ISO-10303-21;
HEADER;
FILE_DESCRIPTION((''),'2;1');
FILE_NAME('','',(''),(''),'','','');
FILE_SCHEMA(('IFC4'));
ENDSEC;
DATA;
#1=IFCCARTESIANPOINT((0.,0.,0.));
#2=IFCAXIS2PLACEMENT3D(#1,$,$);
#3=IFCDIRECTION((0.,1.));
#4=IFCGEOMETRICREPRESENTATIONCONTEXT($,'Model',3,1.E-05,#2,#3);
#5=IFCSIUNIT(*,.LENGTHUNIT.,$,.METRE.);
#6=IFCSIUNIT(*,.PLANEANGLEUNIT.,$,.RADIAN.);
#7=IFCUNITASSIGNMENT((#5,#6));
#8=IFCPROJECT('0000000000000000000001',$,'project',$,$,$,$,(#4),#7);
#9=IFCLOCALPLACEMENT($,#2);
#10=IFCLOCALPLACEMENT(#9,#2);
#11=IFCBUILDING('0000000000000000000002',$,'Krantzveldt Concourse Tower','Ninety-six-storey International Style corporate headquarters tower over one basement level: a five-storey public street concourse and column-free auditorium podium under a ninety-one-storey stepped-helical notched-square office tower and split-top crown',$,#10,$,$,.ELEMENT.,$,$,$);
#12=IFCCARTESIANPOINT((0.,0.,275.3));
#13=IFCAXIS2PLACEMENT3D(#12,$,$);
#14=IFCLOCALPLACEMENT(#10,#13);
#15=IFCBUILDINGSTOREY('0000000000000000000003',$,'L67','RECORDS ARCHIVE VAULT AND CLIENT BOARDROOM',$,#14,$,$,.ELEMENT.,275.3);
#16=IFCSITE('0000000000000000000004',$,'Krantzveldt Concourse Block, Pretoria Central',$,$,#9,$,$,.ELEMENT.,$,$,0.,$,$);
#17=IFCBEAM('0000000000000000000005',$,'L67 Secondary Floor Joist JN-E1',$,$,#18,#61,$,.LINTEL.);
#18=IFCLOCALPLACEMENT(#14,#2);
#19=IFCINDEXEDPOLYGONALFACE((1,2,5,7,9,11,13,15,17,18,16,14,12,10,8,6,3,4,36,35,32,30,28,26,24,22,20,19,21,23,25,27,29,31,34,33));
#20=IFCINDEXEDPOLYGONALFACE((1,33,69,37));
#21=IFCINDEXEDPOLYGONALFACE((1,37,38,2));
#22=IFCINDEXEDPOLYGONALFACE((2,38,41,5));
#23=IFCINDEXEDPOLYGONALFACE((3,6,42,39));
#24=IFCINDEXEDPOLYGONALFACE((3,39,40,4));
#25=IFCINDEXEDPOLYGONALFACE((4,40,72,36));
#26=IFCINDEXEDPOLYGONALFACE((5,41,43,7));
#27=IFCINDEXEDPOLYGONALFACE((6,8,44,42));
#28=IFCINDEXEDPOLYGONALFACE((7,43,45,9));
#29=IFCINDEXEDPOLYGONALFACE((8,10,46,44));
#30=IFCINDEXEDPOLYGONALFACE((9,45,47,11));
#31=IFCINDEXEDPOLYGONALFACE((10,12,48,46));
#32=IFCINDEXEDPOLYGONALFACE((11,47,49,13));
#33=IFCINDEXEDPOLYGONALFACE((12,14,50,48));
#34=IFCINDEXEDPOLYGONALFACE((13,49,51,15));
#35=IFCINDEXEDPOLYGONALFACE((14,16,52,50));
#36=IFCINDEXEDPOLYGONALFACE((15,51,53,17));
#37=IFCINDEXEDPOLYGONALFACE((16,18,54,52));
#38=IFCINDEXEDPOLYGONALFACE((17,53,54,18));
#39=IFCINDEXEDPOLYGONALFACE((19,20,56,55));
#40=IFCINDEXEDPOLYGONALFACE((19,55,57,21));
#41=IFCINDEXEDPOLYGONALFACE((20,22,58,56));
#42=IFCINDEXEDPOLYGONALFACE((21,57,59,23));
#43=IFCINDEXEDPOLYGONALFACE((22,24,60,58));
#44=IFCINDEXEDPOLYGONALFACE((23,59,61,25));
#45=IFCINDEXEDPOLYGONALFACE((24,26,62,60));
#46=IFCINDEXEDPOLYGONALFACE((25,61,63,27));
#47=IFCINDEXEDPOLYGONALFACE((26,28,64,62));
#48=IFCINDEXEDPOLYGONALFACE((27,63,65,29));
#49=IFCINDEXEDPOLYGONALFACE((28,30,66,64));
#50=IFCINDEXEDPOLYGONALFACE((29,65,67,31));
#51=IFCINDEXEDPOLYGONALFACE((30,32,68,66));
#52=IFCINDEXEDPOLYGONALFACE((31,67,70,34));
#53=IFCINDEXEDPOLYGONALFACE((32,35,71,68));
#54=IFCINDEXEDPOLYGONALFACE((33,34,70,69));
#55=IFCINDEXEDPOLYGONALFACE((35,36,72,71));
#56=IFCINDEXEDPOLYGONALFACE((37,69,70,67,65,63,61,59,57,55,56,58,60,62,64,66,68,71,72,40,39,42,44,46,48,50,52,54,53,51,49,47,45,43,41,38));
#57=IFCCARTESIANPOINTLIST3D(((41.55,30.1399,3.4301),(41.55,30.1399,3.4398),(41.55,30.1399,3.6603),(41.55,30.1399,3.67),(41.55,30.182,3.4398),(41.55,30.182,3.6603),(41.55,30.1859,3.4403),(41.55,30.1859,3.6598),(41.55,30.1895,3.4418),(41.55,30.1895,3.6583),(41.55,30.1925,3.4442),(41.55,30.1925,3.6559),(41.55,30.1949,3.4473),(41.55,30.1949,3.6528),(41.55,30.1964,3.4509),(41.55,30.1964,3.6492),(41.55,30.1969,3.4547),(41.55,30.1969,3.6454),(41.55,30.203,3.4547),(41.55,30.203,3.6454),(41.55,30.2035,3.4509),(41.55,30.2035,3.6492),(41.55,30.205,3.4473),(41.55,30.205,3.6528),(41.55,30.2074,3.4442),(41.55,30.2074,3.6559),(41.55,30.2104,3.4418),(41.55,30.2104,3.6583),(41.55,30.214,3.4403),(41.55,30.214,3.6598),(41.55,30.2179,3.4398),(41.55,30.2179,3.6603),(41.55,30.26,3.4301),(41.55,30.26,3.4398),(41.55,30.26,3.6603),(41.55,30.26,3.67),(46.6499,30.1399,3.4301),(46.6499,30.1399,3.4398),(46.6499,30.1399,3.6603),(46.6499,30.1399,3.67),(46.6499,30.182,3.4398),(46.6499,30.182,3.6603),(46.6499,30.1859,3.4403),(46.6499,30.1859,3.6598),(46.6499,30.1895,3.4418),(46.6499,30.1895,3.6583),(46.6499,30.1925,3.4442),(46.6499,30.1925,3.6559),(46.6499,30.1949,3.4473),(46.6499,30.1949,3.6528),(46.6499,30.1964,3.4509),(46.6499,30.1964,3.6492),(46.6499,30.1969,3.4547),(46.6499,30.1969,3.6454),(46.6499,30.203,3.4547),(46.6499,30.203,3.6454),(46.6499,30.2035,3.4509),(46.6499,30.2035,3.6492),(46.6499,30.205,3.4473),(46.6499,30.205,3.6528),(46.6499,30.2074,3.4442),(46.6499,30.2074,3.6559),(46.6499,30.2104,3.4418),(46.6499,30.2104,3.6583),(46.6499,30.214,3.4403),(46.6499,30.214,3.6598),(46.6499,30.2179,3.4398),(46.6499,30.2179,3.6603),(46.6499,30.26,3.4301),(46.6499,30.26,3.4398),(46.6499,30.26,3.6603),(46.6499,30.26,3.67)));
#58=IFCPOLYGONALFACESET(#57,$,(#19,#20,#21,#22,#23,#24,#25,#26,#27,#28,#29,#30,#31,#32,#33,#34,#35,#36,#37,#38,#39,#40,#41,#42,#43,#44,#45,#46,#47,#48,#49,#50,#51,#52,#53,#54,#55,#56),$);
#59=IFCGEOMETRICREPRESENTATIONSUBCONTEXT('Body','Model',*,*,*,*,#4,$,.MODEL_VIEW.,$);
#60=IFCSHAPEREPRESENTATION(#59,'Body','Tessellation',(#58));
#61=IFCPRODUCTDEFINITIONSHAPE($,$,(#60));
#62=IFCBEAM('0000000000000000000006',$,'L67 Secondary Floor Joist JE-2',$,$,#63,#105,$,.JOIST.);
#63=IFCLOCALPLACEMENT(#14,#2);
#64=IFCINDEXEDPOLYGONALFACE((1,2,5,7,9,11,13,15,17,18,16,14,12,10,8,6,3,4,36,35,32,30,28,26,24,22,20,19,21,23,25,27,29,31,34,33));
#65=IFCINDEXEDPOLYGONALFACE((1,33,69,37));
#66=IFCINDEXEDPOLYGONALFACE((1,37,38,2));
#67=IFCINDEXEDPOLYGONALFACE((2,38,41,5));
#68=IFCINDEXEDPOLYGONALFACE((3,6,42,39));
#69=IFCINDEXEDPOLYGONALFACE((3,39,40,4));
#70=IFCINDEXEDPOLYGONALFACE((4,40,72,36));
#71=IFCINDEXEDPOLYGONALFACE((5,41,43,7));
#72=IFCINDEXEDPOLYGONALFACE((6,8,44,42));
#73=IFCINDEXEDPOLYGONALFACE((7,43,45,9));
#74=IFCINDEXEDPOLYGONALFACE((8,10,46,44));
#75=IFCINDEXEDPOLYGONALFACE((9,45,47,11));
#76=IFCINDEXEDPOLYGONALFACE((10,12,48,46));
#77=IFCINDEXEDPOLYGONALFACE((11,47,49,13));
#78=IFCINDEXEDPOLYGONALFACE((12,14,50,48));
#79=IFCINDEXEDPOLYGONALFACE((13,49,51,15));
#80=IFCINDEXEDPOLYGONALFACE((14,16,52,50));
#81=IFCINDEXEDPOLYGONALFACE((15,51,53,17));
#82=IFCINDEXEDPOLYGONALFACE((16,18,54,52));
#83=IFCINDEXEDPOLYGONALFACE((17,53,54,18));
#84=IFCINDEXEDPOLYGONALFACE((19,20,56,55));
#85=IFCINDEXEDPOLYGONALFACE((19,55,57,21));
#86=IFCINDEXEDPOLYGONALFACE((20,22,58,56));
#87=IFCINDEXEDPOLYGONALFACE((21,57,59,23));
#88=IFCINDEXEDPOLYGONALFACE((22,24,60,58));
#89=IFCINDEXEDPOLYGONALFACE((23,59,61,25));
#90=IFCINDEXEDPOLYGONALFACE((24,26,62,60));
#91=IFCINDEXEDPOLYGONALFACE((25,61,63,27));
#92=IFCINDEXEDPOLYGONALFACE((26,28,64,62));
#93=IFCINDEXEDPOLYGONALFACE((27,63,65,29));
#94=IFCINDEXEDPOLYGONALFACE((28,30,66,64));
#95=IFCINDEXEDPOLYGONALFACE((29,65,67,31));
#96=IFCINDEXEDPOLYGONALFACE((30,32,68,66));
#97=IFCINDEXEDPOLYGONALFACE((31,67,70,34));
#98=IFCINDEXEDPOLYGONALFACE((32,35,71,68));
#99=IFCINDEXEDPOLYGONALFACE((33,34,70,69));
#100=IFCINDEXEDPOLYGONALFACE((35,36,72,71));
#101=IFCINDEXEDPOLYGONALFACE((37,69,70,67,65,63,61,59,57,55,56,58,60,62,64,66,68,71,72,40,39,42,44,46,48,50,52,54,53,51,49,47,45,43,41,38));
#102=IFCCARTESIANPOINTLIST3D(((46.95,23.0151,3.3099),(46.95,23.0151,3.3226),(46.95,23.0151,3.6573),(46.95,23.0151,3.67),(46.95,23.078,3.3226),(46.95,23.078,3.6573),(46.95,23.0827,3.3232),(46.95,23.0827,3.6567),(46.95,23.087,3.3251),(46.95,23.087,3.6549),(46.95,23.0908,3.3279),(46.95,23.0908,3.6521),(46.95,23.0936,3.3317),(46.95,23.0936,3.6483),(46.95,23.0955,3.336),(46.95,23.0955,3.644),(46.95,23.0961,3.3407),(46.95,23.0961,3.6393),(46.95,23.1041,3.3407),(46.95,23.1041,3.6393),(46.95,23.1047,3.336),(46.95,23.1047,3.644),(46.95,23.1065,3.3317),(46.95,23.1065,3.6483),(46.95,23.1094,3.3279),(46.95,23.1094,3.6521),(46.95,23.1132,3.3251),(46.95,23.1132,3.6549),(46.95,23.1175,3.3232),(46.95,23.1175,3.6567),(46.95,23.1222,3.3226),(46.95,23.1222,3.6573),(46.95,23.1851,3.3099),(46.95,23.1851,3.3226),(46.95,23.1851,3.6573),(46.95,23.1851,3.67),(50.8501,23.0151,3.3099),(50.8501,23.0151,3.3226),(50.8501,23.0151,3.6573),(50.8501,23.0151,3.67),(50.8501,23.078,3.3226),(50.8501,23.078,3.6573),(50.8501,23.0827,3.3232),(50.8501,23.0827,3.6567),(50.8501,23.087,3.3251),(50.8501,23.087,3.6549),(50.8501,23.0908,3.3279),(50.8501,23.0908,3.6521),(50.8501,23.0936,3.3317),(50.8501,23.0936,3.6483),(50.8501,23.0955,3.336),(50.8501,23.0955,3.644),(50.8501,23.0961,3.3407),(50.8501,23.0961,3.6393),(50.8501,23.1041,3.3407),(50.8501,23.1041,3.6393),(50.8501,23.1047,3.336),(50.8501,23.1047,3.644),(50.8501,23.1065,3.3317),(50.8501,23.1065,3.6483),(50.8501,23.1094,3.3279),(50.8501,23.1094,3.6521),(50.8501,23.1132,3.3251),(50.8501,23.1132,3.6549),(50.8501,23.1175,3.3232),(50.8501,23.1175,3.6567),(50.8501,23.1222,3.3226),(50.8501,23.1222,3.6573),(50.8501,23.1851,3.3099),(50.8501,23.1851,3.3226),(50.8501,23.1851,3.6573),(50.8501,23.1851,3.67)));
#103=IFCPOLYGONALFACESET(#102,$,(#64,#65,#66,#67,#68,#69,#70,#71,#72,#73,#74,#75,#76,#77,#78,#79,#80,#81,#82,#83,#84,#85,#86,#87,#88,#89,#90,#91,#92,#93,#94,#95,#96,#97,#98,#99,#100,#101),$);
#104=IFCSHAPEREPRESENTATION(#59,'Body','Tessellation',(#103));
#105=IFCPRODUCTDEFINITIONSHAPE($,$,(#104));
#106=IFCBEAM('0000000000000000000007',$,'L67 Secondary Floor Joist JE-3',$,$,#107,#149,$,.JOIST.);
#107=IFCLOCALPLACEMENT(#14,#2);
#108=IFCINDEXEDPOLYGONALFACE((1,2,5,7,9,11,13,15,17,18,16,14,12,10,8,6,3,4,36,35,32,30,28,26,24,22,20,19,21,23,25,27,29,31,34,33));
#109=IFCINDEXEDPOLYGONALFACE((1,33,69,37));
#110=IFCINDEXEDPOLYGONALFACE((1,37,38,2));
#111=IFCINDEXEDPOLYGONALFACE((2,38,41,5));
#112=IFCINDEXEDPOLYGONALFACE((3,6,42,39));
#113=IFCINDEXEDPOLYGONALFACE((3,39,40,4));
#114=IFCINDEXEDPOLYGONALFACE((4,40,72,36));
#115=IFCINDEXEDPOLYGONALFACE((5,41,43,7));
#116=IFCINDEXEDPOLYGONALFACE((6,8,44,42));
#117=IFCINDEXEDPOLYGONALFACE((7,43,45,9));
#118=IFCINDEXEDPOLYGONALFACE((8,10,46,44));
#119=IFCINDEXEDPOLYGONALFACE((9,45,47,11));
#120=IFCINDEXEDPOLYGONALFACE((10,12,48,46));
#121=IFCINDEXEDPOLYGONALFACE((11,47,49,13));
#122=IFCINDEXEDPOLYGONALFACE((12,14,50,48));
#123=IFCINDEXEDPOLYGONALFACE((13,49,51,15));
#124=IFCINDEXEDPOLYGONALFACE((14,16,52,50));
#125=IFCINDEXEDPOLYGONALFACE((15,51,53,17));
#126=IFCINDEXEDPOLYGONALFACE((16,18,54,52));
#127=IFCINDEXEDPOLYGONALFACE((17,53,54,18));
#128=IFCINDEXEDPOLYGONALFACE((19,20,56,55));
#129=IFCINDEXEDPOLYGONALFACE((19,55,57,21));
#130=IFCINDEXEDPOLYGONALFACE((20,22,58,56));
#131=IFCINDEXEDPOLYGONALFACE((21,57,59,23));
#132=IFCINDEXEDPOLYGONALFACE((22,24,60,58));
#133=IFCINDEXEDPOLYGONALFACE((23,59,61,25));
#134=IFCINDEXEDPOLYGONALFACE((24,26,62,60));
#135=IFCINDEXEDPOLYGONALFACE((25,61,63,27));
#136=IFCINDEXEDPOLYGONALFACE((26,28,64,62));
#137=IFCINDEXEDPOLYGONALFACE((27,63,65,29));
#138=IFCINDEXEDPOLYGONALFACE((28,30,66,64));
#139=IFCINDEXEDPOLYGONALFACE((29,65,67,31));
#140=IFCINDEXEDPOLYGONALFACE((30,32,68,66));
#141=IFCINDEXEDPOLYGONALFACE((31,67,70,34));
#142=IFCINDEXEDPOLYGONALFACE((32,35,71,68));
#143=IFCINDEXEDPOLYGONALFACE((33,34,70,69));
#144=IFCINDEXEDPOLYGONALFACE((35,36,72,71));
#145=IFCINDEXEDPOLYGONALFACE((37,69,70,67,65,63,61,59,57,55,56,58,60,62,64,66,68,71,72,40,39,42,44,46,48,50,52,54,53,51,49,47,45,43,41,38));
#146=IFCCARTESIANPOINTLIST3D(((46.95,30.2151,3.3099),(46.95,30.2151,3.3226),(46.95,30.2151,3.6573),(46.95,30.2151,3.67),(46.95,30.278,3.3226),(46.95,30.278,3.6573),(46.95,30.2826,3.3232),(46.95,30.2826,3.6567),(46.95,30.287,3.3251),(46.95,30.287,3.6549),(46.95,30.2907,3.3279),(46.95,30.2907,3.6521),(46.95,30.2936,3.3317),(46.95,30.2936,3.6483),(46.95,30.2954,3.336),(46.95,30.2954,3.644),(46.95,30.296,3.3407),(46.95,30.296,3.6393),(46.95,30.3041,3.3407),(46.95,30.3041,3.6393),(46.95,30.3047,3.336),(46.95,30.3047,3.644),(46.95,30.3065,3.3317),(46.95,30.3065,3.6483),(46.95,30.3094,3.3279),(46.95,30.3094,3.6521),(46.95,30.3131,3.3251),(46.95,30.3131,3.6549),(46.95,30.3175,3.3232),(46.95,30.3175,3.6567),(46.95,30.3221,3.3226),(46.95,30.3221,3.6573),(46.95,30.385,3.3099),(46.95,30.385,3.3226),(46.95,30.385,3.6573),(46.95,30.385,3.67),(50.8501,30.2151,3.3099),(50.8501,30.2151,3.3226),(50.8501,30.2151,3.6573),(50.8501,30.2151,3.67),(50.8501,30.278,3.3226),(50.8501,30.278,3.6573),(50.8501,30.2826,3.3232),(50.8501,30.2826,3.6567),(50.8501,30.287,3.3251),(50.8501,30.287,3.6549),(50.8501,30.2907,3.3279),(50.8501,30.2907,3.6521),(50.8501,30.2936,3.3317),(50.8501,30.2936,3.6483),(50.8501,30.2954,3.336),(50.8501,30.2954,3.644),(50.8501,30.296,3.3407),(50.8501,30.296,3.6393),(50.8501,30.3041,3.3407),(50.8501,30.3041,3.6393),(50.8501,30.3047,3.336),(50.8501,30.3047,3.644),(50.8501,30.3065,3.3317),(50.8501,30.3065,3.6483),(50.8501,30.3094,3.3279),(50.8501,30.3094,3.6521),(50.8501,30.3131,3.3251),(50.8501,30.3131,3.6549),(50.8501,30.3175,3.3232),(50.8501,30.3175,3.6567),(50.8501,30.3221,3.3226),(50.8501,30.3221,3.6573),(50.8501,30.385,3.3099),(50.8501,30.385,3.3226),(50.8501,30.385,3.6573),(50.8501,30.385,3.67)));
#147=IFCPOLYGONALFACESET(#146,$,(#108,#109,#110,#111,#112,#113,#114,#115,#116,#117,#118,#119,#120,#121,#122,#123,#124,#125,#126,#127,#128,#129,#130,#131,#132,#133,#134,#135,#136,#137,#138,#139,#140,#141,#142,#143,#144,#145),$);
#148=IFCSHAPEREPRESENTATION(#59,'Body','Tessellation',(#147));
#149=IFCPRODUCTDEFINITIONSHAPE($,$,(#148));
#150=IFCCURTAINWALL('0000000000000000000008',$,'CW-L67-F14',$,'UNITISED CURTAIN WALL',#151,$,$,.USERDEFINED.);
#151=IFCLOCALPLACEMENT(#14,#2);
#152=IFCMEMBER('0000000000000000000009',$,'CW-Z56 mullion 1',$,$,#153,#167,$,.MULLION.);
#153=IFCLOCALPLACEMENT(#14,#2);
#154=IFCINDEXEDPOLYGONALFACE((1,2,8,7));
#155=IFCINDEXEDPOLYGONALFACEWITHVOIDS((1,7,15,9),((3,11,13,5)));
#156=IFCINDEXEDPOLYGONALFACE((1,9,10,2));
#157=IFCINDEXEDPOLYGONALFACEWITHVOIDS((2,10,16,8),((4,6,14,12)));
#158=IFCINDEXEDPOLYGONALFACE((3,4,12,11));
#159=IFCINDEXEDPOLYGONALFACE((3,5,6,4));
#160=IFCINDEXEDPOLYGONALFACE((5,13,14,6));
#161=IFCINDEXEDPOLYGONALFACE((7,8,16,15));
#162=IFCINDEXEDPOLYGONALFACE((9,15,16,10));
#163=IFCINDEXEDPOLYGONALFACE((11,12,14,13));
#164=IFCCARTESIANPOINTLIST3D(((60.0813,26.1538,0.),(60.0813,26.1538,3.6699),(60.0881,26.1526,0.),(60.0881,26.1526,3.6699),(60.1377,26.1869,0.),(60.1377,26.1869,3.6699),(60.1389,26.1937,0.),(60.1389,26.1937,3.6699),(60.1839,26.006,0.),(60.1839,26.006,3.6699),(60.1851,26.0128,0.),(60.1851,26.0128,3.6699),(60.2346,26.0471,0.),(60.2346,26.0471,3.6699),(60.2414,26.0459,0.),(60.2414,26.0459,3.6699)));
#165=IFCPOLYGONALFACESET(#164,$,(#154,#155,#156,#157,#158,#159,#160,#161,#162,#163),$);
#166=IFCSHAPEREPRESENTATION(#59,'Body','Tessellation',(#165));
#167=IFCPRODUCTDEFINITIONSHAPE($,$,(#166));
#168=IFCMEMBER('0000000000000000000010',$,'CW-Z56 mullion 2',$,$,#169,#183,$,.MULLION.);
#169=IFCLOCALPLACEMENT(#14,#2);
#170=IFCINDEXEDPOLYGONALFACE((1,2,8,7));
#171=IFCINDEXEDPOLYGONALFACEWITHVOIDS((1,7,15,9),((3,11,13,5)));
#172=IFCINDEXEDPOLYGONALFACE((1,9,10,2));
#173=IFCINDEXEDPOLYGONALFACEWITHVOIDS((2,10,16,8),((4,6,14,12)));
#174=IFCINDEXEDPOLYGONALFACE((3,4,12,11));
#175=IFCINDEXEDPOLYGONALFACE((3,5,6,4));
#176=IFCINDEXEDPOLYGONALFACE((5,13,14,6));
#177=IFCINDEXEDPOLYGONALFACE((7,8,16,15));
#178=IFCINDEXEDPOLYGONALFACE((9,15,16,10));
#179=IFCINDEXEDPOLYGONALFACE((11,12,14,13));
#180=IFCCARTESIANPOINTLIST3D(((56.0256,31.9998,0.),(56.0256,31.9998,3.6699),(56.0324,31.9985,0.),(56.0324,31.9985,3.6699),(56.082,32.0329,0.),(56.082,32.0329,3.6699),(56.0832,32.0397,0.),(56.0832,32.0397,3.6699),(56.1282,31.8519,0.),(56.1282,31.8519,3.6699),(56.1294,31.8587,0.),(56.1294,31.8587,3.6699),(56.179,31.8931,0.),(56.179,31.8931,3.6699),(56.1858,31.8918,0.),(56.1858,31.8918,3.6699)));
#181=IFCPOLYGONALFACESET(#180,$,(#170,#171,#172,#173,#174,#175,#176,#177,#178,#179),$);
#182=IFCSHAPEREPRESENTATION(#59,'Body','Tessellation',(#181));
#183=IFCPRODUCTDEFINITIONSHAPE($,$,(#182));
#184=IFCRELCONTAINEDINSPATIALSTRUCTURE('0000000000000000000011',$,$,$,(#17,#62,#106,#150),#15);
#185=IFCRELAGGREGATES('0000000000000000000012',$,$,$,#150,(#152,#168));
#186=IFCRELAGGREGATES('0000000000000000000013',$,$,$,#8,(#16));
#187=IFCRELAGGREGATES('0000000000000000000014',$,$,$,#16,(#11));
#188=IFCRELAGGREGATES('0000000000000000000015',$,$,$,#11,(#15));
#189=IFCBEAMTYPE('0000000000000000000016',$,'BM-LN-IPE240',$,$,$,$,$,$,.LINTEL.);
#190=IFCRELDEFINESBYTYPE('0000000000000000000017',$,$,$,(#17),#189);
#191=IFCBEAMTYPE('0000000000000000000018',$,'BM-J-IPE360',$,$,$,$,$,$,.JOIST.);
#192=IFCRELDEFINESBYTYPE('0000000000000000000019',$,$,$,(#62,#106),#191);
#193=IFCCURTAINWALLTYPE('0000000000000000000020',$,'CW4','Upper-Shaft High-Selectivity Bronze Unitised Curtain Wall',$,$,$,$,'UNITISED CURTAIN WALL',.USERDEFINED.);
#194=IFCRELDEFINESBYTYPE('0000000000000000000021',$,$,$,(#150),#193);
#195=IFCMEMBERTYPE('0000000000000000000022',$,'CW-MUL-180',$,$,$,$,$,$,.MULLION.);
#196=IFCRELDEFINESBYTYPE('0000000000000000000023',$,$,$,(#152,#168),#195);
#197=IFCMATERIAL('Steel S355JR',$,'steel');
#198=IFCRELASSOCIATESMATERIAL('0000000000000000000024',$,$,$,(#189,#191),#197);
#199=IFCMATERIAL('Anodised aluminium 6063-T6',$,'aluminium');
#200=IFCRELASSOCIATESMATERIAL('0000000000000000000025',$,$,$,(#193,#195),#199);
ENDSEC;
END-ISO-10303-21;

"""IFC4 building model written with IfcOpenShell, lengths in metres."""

from ifc_helpers import new_model, si_unit, direction, frame, origin, origin_2d, place, context, subcontext, project, spatial, hollow_rectangle, i_section, extrude, source, transform, mapped, material, material_profile, profile_set, type_object, type_shapes, element, aggregate, save


model = new_model("IFC4")

# Units and contexts
model_context = context("Model", 3, precision=1e-05, world=origin(), true_north=direction((0.0, 1.0)))
body_context = subcontext(model_context, "Body", "Model", "MODEL_VIEW")
ifc_project = project(units=[si_unit("LENGTHUNIT", "METRE"), si_unit("PLANEANGLEUNIT", "RADIAN")], contexts=[model_context])

# Site, building, storey
site_placement = place(None, origin())
site = spatial("IfcSite", under=ifc_project, at=site_placement, Name="Krantzveldt Concourse Block, Pretoria Central", CompositionType="ELEMENT", RefElevation=0.0)
building_placement = place(site_placement, origin())
building = spatial("IfcBuilding", under=site, at=building_placement, Name="Krantzveldt Concourse Tower", Description="Ninety-six-storey International Style corporate headquarters tower over one basement level: a five-storey public street concourse and column-free auditorium podium under a ninety-one-storey stepped-helical notched-square office tower and split-top crown", CompositionType="ELEMENT")
storey_placement = place(building_placement, frame((0.0, 0.0, 275.3)))
storey = spatial("IfcBuildingStorey", under=building, at=storey_placement, Name="L67", Description="RECORDS ARCHIVE VAULT AND CLIENT BOARDROOM", CompositionType="ELEMENT", Elevation=275.3)

# Beams
ifc_material_1 = material(Name="Steel S355JR", Category="steel")
ifc_material_profile_1 = material_profile(ifc_material_1, i_section(OverallWidth=0.1201, OverallDepth=0.24, WebThickness=0.0061, FlangeThickness=0.0098, FilletRadius=0.0149, at=origin_2d()), Name="Steel S355JR", Category="steel")
ifc_profile_set_1 = profile_set([ifc_material_profile_1], Name="Steel S355JR - IPE 240")
beam_type_1 = type_object("IfcBeamType", Name="BM-LN-IPE240", PredefinedType="LINTEL", material=ifc_profile_set_1)
shared_shape_1 = source(origin(), body_context, "Body", "SweptSolid", [
    extrude(i_section(OverallWidth=0.1201, OverallDepth=0.24, WebThickness=0.0061, FlangeThickness=0.0098, FilletRadius=0.0149, at=origin_2d()), origin(), (0.0, 0.0, 1.0), 5.0999),
])
type_shapes(beam_type_1, [shared_shape_1])
beam_1_placement = place(storey_placement, frame((41.55, 30.2, 3.55), z_axis=(1.0, 0.0, 0.0), x_axis=(0.0, 1.0, 0.0)))
element("IfcBeam", 1, at=beam_1_placement, inside=storey, type_object=beam_type_1, Name="L67 Secondary Floor Joist JN-E1", PredefinedType="LINTEL", context=body_context, shape_type="MappedRepresentation", body=[
    mapped(shared_shape_1, transform((0.0, 0.0, 0.0), x_axis=(1.0, 0.0, 0.0), y_axis=(0.0, 1.0, 0.0), z_axis=(0.0, 0.0, 1.0), scale=1.0)),
])
ifc_material_profile_2 = material_profile(ifc_material_1, i_section(OverallWidth=0.1699, OverallDepth=0.3601, WebThickness=0.0081, FlangeThickness=0.0127, FilletRadius=0.0181, at=origin_2d()), Name="Steel S355JR", Category="steel")
ifc_profile_set_2 = profile_set([ifc_material_profile_2], Name="Steel S355JR - IPE 360")
beam_type_2 = type_object("IfcBeamType", Name="BM-J-IPE360", PredefinedType="JOIST", material=ifc_profile_set_2)
shared_shape_2 = source(origin(), body_context, "Body", "SweptSolid", [
    extrude(i_section(OverallWidth=0.1699, OverallDepth=0.3601, WebThickness=0.0081, FlangeThickness=0.0127, FilletRadius=0.0181, at=origin_2d()), origin(), (0.0, 0.0, 1.0), 3.9001),
])
type_shapes(beam_type_2, [shared_shape_2])
for number, where, z_axis, x_axis, name in (
    (2, (46.95, 23.1001, 3.49), (1.0, 0.0, 0.0), (0.0, 1.0, 0.0), "L67 Secondary Floor Joist JE-2"),
    (3, (46.95, 30.3, 3.49), (1.0, 0.0, 0.0), (0.0, 1.0, 0.0), "L67 Secondary Floor Joist JE-3"),
):
    element("IfcBeam", number, at=place(storey_placement, frame(where, z_axis=z_axis, x_axis=x_axis)), inside=storey, type_object=beam_type_2, Name=name, PredefinedType="JOIST", context=body_context, shape_type="MappedRepresentation", body=[
        mapped(shared_shape_2, transform((0.0, 0.0, 0.0), x_axis=(1.0, 0.0, 0.0), y_axis=(0.0, 1.0, 0.0), z_axis=(0.0, 0.0, 1.0), scale=1.0)),
    ])

# Curtain wall, members
ifc_material_2 = material(Name="Anodised aluminium 6063-T6", Category="aluminium")
curtain_wall_type = type_object("IfcCurtainWallType", Name="CW4", Description="Upper-Shaft High-Selectivity Bronze Unitised Curtain Wall", ElementType="UNITISED CURTAIN WALL", PredefinedType="USERDEFINED", material=ifc_material_2)
curtain_wall_placement = place(storey_placement, origin())
curtain_wall = element("IfcCurtainWall", 4, at=curtain_wall_placement, inside=storey, type_object=curtain_wall_type, Name="CW-L67-F14", ObjectType="UNITISED CURTAIN WALL", PredefinedType="USERDEFINED")
ifc_material_profile_3 = material_profile(ifc_material_2, hollow_rectangle(XDim=0.0701, YDim=0.1799, WallThickness=0.0049, at=origin_2d()), Name="Anodised aluminium 6063-T6", Category="aluminium")
ifc_profile_set_3 = profile_set([ifc_material_profile_3], Name="Anodised aluminium 6063-T6 - ALU-MULL 180x70x5")
member_type_1 = type_object("IfcMemberType", Name="CW-MUL-180", PredefinedType="MULLION", material=ifc_profile_set_3)
shared_shape_3 = source(origin(), body_context, "Body", "SweptSolid", [
    extrude(hollow_rectangle(XDim=0.0701, YDim=0.1799, WallThickness=0.0049, at=origin_2d()), origin(), (0.0, 0.0, 1.0), 3.6699),
])
type_shapes(member_type_1, [shared_shape_3])
member_1_placement = place(storey_placement, frame((60.1614, 26.0999, 0.0), z_axis=(0.0, 0.0, 1.0), x_axis=(-0.821647, -0.569997, 0.0)))
member_1 = element("IfcMember", 5, at=member_1_placement, type_object=member_type_1, Name="CW-Z56 mullion 1", PredefinedType="MULLION", context=body_context, shape_type="MappedRepresentation", body=[
    mapped(shared_shape_3, transform((0.0, 0.0, 0.0), x_axis=(1.0, 0.0, 0.0), y_axis=(0.0, 1.0, 0.0), z_axis=(0.0, 0.0, 1.0), scale=1.0)),
])
member_2_placement = place(storey_placement, frame((56.1057, 31.9458, 0.0), z_axis=(0.0, 0.0, 1.0), x_axis=(-0.821647, -0.569997, 0.0)))
member_2 = element("IfcMember", 6, at=member_2_placement, type_object=member_type_1, Name="CW-Z56 mullion 2", PredefinedType="MULLION", context=body_context, shape_type="MappedRepresentation", body=[
    mapped(shared_shape_3, transform((0.0, 0.0, 0.0), x_axis=(1.0, 0.0, 0.0), y_axis=(0.0, 1.0, 0.0), z_axis=(0.0, 0.0, 1.0), scale=1.0)),
])
aggregate(curtain_wall, [member_1, member_2])

save(model, "model.ifc")
